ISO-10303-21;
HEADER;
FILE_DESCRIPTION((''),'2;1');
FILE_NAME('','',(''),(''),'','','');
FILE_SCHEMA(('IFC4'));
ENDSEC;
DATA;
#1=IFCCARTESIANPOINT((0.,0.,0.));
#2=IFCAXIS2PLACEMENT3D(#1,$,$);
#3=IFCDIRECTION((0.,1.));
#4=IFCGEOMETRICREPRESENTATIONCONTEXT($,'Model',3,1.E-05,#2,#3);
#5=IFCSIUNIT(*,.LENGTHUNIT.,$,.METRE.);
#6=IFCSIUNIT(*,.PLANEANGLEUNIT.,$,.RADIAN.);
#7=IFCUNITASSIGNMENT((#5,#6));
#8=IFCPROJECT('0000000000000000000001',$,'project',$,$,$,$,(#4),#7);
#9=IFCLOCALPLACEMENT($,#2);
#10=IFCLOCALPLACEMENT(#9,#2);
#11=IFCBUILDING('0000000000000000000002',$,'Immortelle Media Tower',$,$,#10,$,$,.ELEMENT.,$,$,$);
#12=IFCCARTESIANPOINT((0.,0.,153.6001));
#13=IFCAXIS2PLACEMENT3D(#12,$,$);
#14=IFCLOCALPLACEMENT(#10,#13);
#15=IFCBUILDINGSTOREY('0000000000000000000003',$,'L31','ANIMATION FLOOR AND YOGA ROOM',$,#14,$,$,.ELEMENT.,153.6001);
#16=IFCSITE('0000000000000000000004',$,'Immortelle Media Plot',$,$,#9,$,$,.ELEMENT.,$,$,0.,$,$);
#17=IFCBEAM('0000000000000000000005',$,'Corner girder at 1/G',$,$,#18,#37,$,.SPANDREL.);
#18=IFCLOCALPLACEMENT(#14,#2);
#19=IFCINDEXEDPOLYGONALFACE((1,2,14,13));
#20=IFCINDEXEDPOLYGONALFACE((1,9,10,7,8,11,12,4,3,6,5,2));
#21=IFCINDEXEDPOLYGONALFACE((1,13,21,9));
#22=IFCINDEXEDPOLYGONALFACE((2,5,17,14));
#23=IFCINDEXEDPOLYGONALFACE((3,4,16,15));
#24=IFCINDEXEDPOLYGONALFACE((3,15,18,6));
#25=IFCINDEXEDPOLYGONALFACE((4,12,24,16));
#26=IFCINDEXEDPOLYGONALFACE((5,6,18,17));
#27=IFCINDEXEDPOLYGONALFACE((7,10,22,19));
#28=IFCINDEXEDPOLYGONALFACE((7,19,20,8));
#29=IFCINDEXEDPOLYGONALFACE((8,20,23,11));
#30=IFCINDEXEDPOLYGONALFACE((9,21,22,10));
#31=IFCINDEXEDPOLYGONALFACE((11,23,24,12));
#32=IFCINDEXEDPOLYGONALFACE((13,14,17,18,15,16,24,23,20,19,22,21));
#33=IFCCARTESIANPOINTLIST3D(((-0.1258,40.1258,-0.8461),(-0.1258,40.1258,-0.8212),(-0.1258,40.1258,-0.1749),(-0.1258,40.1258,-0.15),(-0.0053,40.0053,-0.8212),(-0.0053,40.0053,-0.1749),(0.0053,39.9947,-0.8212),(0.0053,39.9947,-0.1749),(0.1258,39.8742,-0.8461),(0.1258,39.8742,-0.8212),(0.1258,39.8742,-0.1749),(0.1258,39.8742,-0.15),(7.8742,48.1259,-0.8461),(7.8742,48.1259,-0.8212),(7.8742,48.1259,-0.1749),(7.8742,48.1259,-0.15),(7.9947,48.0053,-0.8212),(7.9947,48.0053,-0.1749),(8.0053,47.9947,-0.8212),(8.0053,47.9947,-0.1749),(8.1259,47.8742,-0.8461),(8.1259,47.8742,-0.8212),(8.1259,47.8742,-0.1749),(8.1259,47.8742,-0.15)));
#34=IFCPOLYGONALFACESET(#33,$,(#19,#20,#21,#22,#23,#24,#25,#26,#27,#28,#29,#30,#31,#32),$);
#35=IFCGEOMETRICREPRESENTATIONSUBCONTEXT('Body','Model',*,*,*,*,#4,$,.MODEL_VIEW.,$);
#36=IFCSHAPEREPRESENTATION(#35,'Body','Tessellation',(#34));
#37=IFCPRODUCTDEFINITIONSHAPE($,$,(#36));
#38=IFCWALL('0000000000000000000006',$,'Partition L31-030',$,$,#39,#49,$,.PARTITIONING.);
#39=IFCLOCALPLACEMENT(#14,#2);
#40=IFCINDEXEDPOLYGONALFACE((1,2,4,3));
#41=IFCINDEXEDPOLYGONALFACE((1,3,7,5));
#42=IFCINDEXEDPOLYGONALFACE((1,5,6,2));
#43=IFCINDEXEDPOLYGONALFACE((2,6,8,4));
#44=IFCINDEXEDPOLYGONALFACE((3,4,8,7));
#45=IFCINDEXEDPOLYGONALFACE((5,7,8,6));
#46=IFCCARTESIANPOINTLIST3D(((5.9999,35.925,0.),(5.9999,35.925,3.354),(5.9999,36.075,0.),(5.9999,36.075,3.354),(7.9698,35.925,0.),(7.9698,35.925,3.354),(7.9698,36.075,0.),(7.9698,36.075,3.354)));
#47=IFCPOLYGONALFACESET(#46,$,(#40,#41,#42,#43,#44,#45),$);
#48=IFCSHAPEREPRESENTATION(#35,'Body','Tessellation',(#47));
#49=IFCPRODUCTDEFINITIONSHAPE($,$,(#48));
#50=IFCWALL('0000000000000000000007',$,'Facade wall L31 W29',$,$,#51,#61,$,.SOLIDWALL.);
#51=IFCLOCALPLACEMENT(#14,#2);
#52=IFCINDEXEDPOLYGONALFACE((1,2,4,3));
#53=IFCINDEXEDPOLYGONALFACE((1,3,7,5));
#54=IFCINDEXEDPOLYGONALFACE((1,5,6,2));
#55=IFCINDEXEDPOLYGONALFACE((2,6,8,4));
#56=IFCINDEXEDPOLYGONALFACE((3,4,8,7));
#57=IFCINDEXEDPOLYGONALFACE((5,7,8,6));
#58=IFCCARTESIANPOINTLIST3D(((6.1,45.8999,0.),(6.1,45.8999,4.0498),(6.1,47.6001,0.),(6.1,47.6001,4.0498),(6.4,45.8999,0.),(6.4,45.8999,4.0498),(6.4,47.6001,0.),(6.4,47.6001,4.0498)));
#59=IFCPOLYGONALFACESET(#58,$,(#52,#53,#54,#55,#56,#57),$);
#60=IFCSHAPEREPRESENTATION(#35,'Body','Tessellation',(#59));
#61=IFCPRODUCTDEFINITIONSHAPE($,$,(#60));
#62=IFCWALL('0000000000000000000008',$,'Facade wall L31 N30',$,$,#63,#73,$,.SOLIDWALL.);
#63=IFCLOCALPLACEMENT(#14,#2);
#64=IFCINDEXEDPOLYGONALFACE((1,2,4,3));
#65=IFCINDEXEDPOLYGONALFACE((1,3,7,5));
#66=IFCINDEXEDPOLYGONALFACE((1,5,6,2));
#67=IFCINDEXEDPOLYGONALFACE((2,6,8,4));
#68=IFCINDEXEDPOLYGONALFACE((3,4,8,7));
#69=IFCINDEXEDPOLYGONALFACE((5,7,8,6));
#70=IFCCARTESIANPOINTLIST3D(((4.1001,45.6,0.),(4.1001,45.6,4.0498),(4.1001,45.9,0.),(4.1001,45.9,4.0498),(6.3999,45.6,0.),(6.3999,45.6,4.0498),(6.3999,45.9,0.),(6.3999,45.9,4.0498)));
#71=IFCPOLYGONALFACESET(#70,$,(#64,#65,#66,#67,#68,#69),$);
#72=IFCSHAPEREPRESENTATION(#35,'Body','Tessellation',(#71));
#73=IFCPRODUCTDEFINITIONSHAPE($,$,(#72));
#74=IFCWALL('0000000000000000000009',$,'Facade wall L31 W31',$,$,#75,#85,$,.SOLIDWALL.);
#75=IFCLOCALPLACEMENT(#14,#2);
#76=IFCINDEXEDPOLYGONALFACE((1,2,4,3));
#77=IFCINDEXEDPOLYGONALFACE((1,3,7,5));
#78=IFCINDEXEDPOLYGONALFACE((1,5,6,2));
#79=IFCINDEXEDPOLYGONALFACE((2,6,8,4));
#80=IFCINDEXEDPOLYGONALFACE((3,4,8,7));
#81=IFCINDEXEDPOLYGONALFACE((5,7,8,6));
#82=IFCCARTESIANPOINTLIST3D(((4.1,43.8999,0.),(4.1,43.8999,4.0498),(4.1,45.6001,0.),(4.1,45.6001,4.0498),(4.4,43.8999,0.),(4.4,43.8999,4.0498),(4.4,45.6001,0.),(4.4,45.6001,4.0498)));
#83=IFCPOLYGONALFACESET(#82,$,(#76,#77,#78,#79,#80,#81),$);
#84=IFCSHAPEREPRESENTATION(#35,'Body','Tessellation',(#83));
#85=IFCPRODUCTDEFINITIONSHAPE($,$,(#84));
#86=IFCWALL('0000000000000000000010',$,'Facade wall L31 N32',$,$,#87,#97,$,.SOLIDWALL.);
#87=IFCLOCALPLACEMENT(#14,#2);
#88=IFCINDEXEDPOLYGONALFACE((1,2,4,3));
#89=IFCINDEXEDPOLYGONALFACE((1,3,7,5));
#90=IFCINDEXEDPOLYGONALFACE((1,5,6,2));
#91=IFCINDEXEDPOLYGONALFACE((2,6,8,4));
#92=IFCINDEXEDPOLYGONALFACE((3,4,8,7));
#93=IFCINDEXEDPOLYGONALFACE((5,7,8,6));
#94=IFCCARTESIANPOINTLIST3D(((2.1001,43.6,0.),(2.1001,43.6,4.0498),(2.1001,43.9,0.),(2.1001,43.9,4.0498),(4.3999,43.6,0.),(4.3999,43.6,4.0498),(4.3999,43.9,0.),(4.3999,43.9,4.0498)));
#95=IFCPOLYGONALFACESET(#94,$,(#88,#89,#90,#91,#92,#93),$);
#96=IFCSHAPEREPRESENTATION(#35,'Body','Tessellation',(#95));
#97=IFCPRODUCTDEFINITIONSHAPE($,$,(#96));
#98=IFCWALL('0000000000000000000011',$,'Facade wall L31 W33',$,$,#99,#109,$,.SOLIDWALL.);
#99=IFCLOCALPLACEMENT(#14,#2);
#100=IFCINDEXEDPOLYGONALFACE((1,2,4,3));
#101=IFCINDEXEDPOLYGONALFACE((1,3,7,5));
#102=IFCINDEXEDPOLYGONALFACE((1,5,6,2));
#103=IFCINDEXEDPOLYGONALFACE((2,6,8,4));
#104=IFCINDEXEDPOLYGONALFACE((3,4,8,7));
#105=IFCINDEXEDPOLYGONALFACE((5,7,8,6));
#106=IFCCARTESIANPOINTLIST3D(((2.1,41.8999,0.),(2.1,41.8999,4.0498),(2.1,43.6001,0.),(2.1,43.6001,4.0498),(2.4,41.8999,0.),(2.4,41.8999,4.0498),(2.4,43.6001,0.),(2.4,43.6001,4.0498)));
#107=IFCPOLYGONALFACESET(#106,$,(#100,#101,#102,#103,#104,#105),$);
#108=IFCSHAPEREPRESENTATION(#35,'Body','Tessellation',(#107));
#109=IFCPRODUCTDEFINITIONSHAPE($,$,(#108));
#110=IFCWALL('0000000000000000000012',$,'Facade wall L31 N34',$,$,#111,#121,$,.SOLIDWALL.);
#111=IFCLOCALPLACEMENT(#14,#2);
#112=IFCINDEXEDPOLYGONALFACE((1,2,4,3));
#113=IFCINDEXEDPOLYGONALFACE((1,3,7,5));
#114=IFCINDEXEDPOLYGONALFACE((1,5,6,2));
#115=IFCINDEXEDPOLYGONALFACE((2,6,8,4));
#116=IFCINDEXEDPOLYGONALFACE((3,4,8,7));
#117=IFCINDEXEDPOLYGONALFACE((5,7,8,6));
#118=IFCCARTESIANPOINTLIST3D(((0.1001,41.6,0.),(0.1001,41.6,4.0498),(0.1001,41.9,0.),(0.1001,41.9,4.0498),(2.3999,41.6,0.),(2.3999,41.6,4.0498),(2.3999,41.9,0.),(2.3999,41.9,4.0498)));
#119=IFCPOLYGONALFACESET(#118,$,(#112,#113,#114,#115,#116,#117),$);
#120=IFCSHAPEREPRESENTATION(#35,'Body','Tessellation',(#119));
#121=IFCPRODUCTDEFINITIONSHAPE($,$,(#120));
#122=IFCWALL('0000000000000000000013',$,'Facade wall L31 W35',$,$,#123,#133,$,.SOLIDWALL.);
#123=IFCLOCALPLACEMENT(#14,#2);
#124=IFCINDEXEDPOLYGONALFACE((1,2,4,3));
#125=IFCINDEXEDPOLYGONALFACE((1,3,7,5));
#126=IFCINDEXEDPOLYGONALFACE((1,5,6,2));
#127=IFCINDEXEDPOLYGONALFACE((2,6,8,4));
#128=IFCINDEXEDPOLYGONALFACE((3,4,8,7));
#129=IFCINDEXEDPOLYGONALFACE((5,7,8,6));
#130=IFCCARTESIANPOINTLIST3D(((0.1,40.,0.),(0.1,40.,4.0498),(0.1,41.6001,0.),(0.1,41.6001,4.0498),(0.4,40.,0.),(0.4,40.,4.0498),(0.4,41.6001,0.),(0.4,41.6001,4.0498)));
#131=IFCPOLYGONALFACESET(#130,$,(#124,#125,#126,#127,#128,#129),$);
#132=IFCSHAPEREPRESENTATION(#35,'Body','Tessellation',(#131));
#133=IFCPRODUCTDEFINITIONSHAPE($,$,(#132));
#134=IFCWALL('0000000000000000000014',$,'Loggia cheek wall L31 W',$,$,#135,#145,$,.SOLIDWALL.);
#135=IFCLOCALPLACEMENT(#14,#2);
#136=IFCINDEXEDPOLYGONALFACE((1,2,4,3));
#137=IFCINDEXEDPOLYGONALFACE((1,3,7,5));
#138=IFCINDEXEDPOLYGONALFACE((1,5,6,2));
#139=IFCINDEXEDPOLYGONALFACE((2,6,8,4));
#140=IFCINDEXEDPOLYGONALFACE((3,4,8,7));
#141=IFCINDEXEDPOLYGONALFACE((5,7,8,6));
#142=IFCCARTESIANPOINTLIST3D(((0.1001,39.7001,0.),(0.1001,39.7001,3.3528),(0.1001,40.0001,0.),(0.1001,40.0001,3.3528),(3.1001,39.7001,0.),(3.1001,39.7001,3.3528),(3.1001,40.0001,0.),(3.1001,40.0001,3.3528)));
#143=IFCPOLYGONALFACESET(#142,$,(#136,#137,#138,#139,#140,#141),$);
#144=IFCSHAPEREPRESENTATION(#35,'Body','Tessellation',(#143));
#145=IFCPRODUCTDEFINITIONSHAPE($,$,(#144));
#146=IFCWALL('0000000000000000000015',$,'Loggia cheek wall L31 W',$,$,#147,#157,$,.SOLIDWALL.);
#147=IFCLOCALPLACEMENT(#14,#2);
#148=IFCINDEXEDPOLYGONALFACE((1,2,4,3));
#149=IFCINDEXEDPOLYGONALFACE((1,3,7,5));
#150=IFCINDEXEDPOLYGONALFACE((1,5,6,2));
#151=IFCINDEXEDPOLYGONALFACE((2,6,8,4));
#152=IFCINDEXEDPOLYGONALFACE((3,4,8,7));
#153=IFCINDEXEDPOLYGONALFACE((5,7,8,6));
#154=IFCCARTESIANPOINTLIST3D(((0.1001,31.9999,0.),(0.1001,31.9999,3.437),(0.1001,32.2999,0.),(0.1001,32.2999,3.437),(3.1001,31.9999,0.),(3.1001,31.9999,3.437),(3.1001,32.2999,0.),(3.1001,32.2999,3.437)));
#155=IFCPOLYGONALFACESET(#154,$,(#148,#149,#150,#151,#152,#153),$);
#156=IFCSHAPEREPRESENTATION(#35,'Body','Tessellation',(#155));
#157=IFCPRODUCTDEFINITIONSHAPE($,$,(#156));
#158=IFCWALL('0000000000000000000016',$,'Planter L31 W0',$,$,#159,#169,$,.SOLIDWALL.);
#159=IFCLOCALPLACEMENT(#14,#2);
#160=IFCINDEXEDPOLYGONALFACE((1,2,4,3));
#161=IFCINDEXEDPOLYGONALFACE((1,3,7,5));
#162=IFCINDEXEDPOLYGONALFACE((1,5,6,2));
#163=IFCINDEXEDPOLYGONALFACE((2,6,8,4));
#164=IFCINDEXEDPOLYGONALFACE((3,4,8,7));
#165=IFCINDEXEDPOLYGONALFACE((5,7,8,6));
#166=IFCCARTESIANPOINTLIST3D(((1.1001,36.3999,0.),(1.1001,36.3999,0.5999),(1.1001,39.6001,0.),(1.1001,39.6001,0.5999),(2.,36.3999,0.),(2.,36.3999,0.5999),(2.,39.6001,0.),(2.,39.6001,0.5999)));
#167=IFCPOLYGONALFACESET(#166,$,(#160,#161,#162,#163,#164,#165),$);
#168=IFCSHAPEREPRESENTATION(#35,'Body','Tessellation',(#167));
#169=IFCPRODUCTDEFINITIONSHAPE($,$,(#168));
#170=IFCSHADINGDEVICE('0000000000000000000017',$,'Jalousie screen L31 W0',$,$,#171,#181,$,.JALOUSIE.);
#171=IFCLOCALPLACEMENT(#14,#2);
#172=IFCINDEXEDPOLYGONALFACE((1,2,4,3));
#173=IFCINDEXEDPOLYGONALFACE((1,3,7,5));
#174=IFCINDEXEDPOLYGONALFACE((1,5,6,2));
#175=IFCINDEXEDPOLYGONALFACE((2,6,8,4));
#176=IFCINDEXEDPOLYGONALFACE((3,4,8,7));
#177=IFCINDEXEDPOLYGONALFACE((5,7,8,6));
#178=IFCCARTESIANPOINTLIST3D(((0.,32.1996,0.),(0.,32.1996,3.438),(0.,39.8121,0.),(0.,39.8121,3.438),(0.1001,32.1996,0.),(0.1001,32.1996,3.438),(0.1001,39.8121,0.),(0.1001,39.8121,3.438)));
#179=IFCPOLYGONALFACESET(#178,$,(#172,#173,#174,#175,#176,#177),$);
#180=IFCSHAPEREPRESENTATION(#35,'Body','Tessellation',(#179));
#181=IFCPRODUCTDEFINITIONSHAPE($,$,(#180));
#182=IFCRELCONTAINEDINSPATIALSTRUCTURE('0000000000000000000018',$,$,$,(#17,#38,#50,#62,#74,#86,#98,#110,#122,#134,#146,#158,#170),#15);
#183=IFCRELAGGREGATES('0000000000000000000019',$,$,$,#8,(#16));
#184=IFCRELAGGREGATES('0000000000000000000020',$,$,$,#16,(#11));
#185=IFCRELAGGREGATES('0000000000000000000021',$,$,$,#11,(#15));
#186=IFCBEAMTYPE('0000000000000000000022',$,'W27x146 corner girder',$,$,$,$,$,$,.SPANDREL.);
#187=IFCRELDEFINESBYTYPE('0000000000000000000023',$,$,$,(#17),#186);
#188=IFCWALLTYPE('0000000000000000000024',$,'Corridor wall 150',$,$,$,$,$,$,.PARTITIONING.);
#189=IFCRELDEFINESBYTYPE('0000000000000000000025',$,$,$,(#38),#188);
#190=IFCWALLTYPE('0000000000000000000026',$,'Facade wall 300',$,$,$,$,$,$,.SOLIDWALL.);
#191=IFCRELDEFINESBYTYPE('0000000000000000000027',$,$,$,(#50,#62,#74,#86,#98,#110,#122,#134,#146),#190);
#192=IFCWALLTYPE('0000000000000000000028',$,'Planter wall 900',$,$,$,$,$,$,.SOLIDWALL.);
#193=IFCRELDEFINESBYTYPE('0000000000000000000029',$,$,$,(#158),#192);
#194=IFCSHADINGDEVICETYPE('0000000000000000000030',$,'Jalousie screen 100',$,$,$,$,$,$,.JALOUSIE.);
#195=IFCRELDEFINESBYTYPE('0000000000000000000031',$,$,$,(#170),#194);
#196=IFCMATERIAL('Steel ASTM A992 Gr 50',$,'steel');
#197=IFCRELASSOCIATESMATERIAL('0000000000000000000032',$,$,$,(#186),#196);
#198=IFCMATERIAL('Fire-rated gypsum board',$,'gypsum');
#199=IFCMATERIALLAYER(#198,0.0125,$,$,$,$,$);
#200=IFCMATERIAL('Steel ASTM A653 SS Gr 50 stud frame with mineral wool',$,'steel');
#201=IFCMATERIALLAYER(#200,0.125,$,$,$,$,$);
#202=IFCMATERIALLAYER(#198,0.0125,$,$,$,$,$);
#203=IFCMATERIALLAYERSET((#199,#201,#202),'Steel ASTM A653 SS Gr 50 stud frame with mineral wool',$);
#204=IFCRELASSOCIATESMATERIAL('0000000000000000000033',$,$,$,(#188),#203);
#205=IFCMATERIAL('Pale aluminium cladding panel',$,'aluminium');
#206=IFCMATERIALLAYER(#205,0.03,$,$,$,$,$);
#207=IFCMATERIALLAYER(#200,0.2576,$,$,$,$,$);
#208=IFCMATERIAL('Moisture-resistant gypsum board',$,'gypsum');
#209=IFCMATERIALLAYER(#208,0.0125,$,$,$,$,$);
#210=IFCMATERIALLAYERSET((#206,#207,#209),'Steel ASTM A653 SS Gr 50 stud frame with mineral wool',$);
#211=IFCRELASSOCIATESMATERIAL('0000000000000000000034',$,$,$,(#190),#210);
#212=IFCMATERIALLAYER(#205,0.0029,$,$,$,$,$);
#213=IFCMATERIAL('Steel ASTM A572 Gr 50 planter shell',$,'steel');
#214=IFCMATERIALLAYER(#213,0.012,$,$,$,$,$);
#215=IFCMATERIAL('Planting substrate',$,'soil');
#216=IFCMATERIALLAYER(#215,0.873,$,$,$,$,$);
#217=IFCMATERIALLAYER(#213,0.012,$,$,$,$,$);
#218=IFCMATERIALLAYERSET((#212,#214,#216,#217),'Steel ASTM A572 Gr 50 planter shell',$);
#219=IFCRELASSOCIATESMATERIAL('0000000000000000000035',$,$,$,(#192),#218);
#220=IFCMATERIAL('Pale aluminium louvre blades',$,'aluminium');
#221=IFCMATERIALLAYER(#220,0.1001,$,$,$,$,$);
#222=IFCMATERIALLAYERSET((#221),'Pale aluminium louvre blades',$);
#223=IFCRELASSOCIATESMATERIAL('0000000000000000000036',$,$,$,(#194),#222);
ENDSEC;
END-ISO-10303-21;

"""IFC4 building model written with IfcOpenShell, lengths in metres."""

from ifc_helpers import new_model, si_unit, direction, frame, frame_2d, origin, origin_2d, place, context, subcontext, project, spatial, rectangle, i_section, extrude, material, layer, layer_set, material_profile, profile_set, type_object, element, save


model = new_model("IFC4")

# Units and contexts
model_context = context("Model", 3, precision=1e-05, world=origin(), true_north=direction((0.0, 1.0)))
body_context = subcontext(model_context, "Body", "Model", "MODEL_VIEW")
ifc_project = project(units=[si_unit("LENGTHUNIT", "METRE"), si_unit("PLANEANGLEUNIT", "RADIAN")], contexts=[model_context])

# Site, building, storey
site_placement = place(None, origin())
site = spatial("IfcSite", under=ifc_project, at=site_placement, Name="Immortelle Media Plot", CompositionType="ELEMENT", RefElevation=0.0)
building_placement = place(site_placement, origin())
building = spatial("IfcBuilding", under=site, at=building_placement, Name="Immortelle Media Tower", CompositionType="ELEMENT")
storey_placement = place(building_placement, frame((0.0, 0.0, 153.6001)))
storey = spatial("IfcBuildingStorey", under=building, at=storey_placement, Name="L31", Description="ANIMATION FLOOR AND YOGA ROOM", CompositionType="ELEMENT", Elevation=153.6001)

# Shared definitions
ifc_material_1 = material(Name="Steel ASTM A992 Gr 50", Category="steel")

# Beam
ifc_material_profile_1 = material_profile(ifc_material_1, i_section(OverallWidth=0.356, OverallDepth=0.696, WebThickness=0.0149, FlangeThickness=0.0249, at=origin_2d()), Name="W27x146")
ifc_profile_set_1 = profile_set([ifc_material_profile_1], Name="Steel ASTM A992 Gr 50")
beam_type_1 = type_object("IfcBeamType", Name="W27x146 corner girder", PredefinedType="SPANDREL", material=ifc_profile_set_1)
beam_1_placement = place(storey_placement, frame((0.0, 40.0, -0.498), z_axis=(0.707107, 0.707107, 0.0), x_axis=(-0.707107, 0.707107, 0.0)))
element("IfcBeam", 1, at=beam_1_placement, inside=storey, type_object=beam_type_1, Name="Corner girder at 1/G", PredefinedType="SPANDREL", context=body_context, shape_type="SweptSolid", body=[
    extrude(i_section(OverallWidth=0.356, OverallDepth=0.696, WebThickness=0.0149, FlangeThickness=0.0249, at=origin_2d()), origin(), (0.0, 0.0, 1.0), 11.3137),
])

# Walls
ifc_material_2 = material(Name="Fire-rated gypsum board", Category="gypsum")
ifc_layer_1 = layer(ifc_material_2, 0.0125)
ifc_material_3 = material(Name="Steel ASTM A653 SS Gr 50 stud frame with mineral wool", Category="steel")
ifc_layer_2 = layer(ifc_material_3, 0.125)
ifc_layer_3 = layer(ifc_material_2, 0.0125)
ifc_layer_set_1 = layer_set([ifc_layer_1, ifc_layer_2, ifc_layer_3], Name="Steel ASTM A653 SS Gr 50 stud frame with mineral wool")
wall_type_1 = type_object("IfcWallType", Name="Corridor wall 150", PredefinedType="PARTITIONING", material=ifc_layer_set_1)
wall_1_placement = place(storey_placement, frame((6.0, 36.0, 0.0), z_axis=(0.0, 0.0, 1.0), x_axis=(1.0, 0.0, 0.0)))
element("IfcWall", 2, at=wall_1_placement, inside=storey, type_object=wall_type_1, Name="Partition L31-030", PredefinedType="PARTITIONING", context=body_context, shape_type="SweptSolid", body=[
    extrude(rectangle(XDim=1.97, YDim=0.1499, at=frame_2d((0.9849, 0.0))), origin(), (0.0, 0.0, 1.0), 3.354),
])
ifc_material_4 = material(Name="Pale aluminium cladding panel", Category="aluminium")
ifc_layer_4 = layer(ifc_material_4, 0.03)
ifc_layer_5 = layer(ifc_material_3, 0.2576)
ifc_material_5 = material(Name="Moisture-resistant gypsum board", Category="gypsum")
ifc_layer_6 = layer(ifc_material_5, 0.0125)
ifc_layer_set_2 = layer_set([ifc_layer_4, ifc_layer_5, ifc_layer_6], Name="Steel ASTM A653 SS Gr 50 stud frame with mineral wool")
wall_type_2 = type_object("IfcWallType", Name="Facade wall 300", PredefinedType="SOLIDWALL", material=ifc_layer_set_2)
wall_2_placement = place(storey_placement, frame((6.25, 47.6001, 0.0), z_axis=(0.0, 0.0, 1.0), x_axis=(0.0, -1.0, 0.0)))
element("IfcWall", 3, at=wall_2_placement, inside=storey, type_object=wall_type_2, Name="Facade wall L31 W29", PredefinedType="SOLIDWALL", context=body_context, shape_type="SweptSolid", body=[
    extrude(rectangle(XDim=1.7002, YDim=0.3, at=frame_2d((0.8501, 0.0))), origin(), (0.0, 0.0, 1.0), 4.0498),
])
wall_3_placement = place(storey_placement, frame((6.3999, 45.75, 0.0), z_axis=(0.0, 0.0, 1.0), x_axis=(-1.0, 0.0, 0.0)))
element("IfcWall", 4, at=wall_3_placement, inside=storey, type_object=wall_type_2, Name="Facade wall L31 N30", PredefinedType="SOLIDWALL", context=body_context, shape_type="SweptSolid", body=[
    extrude(rectangle(XDim=2.2998, YDim=0.3, at=frame_2d((1.1499, 0.0))), origin(), (0.0, 0.0, 1.0), 4.0498),
])
wall_4_placement = place(storey_placement, frame((4.25, 45.6001, 0.0), z_axis=(0.0, 0.0, 1.0), x_axis=(0.0, -1.0, 0.0)))
element("IfcWall", 5, at=wall_4_placement, inside=storey, type_object=wall_type_2, Name="Facade wall L31 W31", PredefinedType="SOLIDWALL", context=body_context, shape_type="SweptSolid", body=[
    extrude(rectangle(XDim=1.7002, YDim=0.3, at=frame_2d((0.8501, 0.0))), origin(), (0.0, 0.0, 1.0), 4.0498),
])
wall_5_placement = place(storey_placement, frame((4.3999, 43.75, 0.0), z_axis=(0.0, 0.0, 1.0), x_axis=(-1.0, 0.0, 0.0)))
element("IfcWall", 6, at=wall_5_placement, inside=storey, type_object=wall_type_2, Name="Facade wall L31 N32", PredefinedType="SOLIDWALL", context=body_context, shape_type="SweptSolid", body=[
    extrude(rectangle(XDim=2.2998, YDim=0.3, at=frame_2d((1.1499, 0.0))), origin(), (0.0, 0.0, 1.0), 4.0498),
])
wall_6_placement = place(storey_placement, frame((2.25, 43.6001, 0.0), z_axis=(0.0, 0.0, 1.0), x_axis=(0.0, -1.0, 0.0)))
element("IfcWall", 7, at=wall_6_placement, inside=storey, type_object=wall_type_2, Name="Facade wall L31 W33", PredefinedType="SOLIDWALL", context=body_context, shape_type="SweptSolid", body=[
    extrude(rectangle(XDim=1.7002, YDim=0.3, at=frame_2d((0.8501, 0.0))), origin(), (0.0, 0.0, 1.0), 4.0498),
])
wall_7_placement = place(storey_placement, frame((2.3999, 41.75, 0.0), z_axis=(0.0, 0.0, 1.0), x_axis=(-1.0, 0.0, 0.0)))
element("IfcWall", 8, at=wall_7_placement, inside=storey, type_object=wall_type_2, Name="Facade wall L31 N34", PredefinedType="SOLIDWALL", context=body_context, shape_type="SweptSolid", body=[
    extrude(rectangle(XDim=2.2998, YDim=0.3, at=frame_2d((1.1499, 0.0))), origin(), (0.0, 0.0, 1.0), 4.0498),
])
wall_8_placement = place(storey_placement, frame((0.25, 41.6001, 0.0), z_axis=(0.0, 0.0, 1.0), x_axis=(0.0, -1.0, 0.0)))
element("IfcWall", 9, at=wall_8_placement, inside=storey, type_object=wall_type_2, Name="Facade wall L31 W35", PredefinedType="SOLIDWALL", context=body_context, shape_type="SweptSolid", body=[
    extrude(rectangle(XDim=1.6001, YDim=0.3, at=frame_2d((0.8, 0.0))), origin(), (0.0, 0.0, 1.0), 4.0498),
])

# Walls
wall_9_placement = place(storey_placement, frame((0.1001, 39.8501, 0.0), z_axis=(0.0, 0.0, 1.0), x_axis=(1.0, 0.0, 0.0)))
element("IfcWall", 10, at=wall_9_placement, inside=storey, type_object=wall_type_2, Name="Loggia cheek wall L31 W", PredefinedType="SOLIDWALL", context=body_context, shape_type="SweptSolid", body=[
    extrude(rectangle(XDim=3.0, YDim=0.3, at=frame_2d((1.5, 0.0))), origin(), (0.0, 0.0, 1.0), 3.3528),
])
wall_10_placement = place(storey_placement, frame((0.1001, 32.1499, 0.0), z_axis=(0.0, 0.0, 1.0), x_axis=(1.0, 0.0, 0.0)))
element("IfcWall", 11, at=wall_10_placement, inside=storey, type_object=wall_type_2, Name="Loggia cheek wall L31 W", PredefinedType="SOLIDWALL", context=body_context, shape_type="SweptSolid", body=[
    extrude(rectangle(XDim=3.0, YDim=0.3, at=frame_2d((1.5, 0.0))), origin(), (0.0, 0.0, 1.0), 3.437),
])
ifc_layer_7 = layer(ifc_material_4, 0.0029)
ifc_material_6 = material(Name="Steel ASTM A572 Gr 50 planter shell", Category="steel")
ifc_layer_8 = layer(ifc_material_6, 0.012)
ifc_material_7 = material(Name="Planting substrate", Category="soil")
ifc_layer_9 = layer(ifc_material_7, 0.873)
ifc_layer_10 = layer(ifc_material_6, 0.012)
ifc_layer_set_3 = layer_set([ifc_layer_7, ifc_layer_8, ifc_layer_9, ifc_layer_10], Name="Steel ASTM A572 Gr 50 planter shell")
wall_type_3 = type_object("IfcWallType", Name="Planter wall 900", PredefinedType="SOLIDWALL", material=ifc_layer_set_3)
wall_11_placement = place(storey_placement, frame((1.55, 39.6001, 0.0), z_axis=(0.0, 0.0, 1.0), x_axis=(0.0, -1.0, 0.0)))
element("IfcWall", 12, at=wall_11_placement, inside=storey, type_object=wall_type_3, Name="Planter L31 W0", PredefinedType="SOLIDWALL", context=body_context, shape_type="SweptSolid", body=[
    extrude(rectangle(XDim=3.2002, YDim=0.8999, at=frame_2d((1.6001, 0.0))), origin(), (0.0, 0.0, 1.0), 0.5999),
])

# Shading device
ifc_material_8 = material(Name="Pale aluminium louvre blades", Category="aluminium")
ifc_layer_11 = layer(ifc_material_8, 0.1001)
ifc_layer_set_4 = layer_set([ifc_layer_11], Name="Pale aluminium louvre blades")
shading_device_type_1 = type_object("IfcShadingDeviceType", Name="Jalousie screen 100", PredefinedType="JALOUSIE", material=ifc_layer_set_4)
shading_device_1_placement = place(storey_placement, frame((0.05, 36.0059, 0.0), z_axis=(0.0, 0.0, 1.0), x_axis=(0.0, -1.0, 0.0)))
element("IfcShadingDevice", 13, at=shading_device_1_placement, inside=storey, type_object=shading_device_type_1, Name="Jalousie screen L31 W0", PredefinedType="JALOUSIE", context=body_context, shape_type="SweptSolid", body=[
    extrude(rectangle(XDim=7.6125, YDim=0.1001, at=origin_2d()), origin(), (0.0, 0.0, 1.0), 3.438),
])

save(model, "model.ifc")
